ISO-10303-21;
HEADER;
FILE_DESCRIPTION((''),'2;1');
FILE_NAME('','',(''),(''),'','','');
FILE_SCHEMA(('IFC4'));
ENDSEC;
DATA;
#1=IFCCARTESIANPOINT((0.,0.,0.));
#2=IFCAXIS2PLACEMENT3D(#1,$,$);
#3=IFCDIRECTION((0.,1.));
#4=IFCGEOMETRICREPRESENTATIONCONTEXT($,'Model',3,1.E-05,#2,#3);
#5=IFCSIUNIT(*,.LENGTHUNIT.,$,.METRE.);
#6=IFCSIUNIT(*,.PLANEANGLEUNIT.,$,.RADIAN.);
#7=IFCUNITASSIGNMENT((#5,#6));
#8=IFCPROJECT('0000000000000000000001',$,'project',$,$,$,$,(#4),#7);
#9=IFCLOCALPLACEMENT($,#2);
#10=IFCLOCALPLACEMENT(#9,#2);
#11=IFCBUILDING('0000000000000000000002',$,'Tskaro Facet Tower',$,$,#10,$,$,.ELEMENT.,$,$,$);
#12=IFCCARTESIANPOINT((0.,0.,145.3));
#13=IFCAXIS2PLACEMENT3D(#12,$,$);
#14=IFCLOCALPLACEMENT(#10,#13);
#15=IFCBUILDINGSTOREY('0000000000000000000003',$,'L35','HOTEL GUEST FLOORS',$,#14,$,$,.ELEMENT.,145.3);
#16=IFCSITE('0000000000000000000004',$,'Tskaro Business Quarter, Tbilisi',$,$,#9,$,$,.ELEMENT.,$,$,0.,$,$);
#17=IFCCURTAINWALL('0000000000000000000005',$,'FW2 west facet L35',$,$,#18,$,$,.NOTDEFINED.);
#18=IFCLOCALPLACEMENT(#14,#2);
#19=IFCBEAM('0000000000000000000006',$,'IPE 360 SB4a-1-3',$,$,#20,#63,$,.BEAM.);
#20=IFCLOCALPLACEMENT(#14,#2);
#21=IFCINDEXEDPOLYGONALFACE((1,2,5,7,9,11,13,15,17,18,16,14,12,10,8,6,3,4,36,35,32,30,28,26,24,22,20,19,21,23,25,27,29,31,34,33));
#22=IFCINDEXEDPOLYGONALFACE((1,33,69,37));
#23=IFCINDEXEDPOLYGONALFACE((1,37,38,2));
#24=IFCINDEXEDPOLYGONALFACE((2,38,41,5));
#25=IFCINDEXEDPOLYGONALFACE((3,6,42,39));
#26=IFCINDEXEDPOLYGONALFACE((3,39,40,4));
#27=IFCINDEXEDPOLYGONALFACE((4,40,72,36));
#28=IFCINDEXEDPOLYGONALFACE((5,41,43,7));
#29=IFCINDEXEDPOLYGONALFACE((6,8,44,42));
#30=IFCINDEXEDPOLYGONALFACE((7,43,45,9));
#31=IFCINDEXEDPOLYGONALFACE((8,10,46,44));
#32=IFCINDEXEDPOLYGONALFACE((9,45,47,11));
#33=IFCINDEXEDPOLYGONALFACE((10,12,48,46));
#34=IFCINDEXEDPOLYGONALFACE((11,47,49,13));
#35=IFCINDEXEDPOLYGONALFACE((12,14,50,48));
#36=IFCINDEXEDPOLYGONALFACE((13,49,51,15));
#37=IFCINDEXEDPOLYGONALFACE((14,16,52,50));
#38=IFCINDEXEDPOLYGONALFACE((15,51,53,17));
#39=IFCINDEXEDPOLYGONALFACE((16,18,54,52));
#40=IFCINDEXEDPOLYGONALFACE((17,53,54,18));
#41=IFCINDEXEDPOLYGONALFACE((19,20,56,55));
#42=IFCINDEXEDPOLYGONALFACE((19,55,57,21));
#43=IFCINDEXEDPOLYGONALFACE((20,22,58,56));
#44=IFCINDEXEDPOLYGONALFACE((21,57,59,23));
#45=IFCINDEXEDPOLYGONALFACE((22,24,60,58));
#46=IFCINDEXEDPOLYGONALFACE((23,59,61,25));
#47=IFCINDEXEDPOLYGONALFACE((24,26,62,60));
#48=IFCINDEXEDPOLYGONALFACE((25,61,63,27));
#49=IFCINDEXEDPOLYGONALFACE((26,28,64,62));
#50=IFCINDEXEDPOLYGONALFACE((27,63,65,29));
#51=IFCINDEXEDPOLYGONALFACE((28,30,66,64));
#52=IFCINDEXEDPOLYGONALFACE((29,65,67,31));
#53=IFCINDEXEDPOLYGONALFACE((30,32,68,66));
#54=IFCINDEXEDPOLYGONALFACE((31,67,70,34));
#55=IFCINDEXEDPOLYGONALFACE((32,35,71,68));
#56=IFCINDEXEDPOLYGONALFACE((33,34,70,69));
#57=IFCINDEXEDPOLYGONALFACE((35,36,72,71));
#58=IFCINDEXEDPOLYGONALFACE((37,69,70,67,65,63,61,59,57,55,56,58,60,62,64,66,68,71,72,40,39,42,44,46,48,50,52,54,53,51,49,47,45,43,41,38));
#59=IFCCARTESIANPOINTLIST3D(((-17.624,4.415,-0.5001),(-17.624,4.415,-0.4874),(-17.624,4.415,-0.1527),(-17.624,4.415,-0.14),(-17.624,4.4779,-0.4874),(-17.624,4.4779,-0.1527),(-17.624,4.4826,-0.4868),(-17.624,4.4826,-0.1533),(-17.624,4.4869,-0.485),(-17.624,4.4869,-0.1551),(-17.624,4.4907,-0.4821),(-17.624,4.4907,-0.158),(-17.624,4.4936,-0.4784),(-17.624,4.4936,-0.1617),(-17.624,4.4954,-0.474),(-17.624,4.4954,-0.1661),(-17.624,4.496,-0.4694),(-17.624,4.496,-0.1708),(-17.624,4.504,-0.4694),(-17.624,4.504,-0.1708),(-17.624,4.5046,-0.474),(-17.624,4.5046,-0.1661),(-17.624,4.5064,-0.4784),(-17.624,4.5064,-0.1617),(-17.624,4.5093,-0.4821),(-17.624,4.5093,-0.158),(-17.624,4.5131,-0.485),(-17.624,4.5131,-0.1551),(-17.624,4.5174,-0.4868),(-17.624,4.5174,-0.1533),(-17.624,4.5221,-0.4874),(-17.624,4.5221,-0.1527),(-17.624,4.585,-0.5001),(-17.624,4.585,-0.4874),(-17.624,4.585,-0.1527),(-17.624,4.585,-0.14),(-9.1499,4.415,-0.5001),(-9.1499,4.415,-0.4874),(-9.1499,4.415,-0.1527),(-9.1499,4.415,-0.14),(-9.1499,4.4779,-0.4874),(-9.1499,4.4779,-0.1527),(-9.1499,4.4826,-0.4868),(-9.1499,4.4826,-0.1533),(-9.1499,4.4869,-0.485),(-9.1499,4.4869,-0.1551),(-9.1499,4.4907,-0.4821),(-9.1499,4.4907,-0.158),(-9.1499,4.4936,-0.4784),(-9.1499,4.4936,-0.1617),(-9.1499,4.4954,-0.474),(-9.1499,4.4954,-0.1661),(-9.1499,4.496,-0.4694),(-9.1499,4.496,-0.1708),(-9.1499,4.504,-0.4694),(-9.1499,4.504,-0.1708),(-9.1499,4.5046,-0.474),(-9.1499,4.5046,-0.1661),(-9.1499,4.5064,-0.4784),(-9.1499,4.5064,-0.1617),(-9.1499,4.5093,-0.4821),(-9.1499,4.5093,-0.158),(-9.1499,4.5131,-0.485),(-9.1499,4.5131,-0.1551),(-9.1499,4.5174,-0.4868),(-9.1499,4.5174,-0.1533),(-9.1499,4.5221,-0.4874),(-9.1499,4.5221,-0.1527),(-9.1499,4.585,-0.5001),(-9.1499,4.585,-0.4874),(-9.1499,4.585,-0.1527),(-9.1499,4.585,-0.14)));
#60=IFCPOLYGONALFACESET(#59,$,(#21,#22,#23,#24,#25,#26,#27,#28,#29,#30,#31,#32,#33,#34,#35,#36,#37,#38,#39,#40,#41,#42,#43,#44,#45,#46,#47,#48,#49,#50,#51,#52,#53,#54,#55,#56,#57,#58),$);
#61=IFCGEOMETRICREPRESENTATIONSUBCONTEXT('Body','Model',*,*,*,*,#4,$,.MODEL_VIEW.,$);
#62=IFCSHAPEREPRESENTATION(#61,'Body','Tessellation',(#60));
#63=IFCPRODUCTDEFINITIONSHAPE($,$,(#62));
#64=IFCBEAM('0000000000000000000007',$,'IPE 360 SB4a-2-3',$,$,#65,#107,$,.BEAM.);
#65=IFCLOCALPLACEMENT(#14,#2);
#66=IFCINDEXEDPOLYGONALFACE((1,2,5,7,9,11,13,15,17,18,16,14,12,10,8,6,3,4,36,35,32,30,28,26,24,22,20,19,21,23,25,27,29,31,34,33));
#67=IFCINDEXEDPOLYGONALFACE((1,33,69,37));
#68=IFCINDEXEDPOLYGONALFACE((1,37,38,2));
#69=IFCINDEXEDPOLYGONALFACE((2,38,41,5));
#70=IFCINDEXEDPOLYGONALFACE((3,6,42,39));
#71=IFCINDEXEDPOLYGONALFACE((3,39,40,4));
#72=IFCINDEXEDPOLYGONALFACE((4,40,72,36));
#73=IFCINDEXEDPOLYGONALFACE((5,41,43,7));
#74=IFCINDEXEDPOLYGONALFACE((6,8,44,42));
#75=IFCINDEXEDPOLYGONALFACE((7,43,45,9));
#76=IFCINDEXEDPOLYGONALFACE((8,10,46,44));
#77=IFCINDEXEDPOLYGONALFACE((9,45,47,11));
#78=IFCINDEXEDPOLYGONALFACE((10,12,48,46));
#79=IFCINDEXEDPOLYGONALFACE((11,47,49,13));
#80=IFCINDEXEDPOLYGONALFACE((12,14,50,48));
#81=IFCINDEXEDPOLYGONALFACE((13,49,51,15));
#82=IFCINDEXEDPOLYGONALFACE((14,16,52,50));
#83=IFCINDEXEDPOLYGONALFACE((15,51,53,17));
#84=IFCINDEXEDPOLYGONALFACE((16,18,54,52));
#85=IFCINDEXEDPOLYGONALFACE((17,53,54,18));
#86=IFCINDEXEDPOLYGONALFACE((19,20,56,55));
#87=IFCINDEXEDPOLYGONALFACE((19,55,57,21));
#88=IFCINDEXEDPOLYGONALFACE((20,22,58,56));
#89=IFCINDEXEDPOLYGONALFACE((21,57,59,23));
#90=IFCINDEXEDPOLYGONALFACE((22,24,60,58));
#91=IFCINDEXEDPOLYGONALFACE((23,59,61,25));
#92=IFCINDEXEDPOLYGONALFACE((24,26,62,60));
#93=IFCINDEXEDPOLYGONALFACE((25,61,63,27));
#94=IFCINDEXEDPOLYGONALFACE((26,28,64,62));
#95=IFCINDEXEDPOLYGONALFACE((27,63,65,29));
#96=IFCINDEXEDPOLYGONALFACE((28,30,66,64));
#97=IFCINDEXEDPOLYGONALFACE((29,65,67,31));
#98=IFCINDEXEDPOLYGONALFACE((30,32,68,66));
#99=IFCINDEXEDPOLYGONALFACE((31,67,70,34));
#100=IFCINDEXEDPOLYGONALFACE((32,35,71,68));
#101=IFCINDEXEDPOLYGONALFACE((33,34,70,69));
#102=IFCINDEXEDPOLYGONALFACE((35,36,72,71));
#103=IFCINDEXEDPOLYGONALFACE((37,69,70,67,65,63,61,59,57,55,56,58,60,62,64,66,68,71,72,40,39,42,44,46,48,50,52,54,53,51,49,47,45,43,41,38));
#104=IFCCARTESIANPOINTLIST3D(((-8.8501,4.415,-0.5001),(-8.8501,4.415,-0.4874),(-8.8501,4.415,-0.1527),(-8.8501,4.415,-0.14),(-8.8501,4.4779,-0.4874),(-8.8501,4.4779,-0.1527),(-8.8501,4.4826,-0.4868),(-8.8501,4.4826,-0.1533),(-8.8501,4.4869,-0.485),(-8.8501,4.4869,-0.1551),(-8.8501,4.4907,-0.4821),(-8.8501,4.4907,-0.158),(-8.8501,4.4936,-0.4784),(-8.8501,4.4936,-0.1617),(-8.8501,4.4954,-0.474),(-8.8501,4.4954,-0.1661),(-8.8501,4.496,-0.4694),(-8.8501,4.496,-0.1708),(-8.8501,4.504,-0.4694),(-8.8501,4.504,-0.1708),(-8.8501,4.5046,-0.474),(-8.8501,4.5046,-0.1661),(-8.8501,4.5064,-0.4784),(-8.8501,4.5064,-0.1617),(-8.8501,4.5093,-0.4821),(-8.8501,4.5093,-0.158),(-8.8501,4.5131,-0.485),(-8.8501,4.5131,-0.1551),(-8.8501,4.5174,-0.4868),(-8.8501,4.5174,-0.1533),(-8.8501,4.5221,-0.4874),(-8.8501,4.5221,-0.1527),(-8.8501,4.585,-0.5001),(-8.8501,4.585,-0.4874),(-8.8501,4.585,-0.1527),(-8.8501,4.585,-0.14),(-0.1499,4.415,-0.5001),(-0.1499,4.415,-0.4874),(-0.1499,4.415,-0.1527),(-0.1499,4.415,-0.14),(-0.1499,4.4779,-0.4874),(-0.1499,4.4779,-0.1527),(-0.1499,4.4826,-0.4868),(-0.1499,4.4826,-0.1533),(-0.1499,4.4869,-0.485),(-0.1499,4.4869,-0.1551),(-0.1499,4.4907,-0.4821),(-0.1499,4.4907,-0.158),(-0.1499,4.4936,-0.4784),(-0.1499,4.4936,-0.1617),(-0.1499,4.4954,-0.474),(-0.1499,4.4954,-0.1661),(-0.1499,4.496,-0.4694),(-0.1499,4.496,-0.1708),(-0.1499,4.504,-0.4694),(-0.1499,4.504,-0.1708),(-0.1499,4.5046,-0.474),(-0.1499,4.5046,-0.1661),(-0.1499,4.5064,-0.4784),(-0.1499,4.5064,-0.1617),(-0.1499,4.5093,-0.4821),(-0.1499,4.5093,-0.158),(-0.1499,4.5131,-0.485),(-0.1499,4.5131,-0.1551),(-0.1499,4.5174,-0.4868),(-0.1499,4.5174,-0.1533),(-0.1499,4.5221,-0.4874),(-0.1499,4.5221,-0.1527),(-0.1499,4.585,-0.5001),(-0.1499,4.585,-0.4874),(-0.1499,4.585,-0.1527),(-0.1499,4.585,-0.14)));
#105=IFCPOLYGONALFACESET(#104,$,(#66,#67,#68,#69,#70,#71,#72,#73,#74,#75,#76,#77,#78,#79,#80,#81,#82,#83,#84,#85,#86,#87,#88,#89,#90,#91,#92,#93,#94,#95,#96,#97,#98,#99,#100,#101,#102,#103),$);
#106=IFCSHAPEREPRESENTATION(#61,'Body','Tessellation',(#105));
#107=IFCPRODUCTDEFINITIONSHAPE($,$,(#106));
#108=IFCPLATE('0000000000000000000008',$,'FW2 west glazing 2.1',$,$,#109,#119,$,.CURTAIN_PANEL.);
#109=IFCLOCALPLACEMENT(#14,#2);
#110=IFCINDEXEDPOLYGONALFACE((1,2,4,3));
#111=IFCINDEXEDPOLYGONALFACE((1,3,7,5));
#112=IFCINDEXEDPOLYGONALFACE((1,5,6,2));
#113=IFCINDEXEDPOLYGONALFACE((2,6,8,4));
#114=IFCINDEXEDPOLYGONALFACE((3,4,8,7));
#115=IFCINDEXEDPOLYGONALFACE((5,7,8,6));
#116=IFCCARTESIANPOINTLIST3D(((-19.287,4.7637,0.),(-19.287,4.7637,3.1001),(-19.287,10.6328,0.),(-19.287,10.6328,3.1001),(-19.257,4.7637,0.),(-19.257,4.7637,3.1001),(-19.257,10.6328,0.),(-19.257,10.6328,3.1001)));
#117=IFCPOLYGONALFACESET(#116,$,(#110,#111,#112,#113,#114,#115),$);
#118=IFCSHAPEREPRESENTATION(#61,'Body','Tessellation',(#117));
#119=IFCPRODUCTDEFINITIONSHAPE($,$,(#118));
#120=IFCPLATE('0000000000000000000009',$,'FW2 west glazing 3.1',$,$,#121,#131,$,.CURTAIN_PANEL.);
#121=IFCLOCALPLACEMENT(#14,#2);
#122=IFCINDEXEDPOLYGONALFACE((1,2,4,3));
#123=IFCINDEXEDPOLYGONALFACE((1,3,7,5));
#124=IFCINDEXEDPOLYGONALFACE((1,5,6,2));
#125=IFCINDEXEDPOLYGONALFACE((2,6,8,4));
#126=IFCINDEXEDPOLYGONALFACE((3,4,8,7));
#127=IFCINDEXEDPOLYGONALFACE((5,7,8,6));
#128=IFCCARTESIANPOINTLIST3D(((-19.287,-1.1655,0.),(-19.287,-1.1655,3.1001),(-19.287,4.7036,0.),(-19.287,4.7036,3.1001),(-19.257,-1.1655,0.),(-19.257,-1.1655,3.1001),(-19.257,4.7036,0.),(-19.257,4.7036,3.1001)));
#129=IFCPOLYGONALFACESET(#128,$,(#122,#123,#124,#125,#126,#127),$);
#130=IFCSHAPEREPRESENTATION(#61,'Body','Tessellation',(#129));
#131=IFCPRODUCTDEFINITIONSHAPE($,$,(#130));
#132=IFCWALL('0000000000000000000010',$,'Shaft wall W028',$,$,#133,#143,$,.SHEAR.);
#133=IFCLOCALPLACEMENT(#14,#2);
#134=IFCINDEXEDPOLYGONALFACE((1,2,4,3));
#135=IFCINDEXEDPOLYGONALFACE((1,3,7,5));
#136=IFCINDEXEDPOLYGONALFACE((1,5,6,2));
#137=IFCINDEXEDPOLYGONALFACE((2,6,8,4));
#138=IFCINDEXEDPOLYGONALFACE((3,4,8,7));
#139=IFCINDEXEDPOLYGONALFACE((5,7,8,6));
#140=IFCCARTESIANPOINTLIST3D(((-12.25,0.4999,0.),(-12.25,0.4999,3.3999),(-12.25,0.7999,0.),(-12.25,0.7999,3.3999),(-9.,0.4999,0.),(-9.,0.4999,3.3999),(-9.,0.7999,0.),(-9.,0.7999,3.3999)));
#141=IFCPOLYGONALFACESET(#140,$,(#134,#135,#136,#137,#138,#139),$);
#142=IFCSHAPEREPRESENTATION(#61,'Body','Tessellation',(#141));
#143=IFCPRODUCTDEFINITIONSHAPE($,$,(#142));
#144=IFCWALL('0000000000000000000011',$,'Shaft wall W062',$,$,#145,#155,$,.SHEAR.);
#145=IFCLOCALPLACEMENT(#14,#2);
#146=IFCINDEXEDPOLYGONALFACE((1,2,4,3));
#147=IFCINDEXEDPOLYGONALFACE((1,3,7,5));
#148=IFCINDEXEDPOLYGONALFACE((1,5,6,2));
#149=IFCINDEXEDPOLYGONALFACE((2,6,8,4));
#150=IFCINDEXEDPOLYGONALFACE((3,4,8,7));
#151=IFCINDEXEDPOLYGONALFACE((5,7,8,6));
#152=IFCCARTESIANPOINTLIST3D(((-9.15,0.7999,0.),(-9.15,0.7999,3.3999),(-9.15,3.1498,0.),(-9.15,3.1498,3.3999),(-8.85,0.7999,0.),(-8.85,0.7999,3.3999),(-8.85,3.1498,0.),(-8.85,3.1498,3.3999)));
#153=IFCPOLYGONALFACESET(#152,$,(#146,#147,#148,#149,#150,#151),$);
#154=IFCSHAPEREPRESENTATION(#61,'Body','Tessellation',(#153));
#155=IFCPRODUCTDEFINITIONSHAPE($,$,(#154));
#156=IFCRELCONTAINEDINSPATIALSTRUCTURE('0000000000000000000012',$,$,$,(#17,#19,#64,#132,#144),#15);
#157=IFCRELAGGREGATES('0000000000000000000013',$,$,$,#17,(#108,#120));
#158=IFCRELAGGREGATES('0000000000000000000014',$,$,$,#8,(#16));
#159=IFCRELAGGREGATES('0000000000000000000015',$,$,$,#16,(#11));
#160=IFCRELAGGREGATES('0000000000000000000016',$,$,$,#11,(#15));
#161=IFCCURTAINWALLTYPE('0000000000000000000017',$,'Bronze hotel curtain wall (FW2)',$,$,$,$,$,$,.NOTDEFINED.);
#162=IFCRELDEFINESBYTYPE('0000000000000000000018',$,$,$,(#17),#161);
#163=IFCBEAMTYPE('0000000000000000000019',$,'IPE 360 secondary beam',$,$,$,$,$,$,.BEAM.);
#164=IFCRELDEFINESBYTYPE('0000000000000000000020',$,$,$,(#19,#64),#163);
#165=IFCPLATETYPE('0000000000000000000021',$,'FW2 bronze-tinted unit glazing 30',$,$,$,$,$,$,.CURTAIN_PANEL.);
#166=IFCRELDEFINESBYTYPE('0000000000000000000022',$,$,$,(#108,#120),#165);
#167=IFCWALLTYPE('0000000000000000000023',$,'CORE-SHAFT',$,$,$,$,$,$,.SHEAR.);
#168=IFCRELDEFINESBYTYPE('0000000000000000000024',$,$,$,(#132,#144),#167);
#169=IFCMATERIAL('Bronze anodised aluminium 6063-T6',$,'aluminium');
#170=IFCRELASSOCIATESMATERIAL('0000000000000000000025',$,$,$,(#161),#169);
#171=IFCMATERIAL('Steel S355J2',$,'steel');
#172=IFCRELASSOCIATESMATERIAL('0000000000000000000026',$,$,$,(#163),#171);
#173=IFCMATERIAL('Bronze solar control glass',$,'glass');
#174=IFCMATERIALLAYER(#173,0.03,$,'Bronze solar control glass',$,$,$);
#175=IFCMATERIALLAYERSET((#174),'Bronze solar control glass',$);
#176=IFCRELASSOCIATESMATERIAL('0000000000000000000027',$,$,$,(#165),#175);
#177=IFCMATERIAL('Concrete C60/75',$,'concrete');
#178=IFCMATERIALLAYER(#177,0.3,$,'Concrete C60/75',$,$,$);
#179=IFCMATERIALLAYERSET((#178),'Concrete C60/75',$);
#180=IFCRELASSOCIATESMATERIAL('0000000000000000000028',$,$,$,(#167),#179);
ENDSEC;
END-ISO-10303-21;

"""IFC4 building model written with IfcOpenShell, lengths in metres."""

from ifc_helpers import new_model, si_unit, direction, frame, frame_2d, origin, origin_2d, place, context, subcontext, project, spatial, rectangle, i_section, extrude, material, layer, layer_set, material_profile, profile_set, type_object, element, aggregate, save


model = new_model("IFC4")

# Units and contexts
model_context = context("Model", 3, precision=1e-05, world=origin(), true_north=direction((0.0, 1.0)))
body_context = subcontext(model_context, "Body", "Model", "MODEL_VIEW")
ifc_project = project(units=[si_unit("LENGTHUNIT", "METRE"), si_unit("PLANEANGLEUNIT", "RADIAN")], contexts=[model_context])

# Site, building, storey
site_placement = place(None, origin())
site = spatial("IfcSite", under=ifc_project, at=site_placement, Name="Tskaro Business Quarter, Tbilisi", CompositionType="ELEMENT", RefElevation=0.0)
building_placement = place(site_placement, origin())
building = spatial("IfcBuilding", under=site, at=building_placement, Name="Tskaro Facet Tower", CompositionType="ELEMENT")
storey_placement = place(building_placement, frame((0.0, 0.0, 145.3)))
storey = spatial("IfcBuildingStorey", under=building, at=storey_placement, Name="L35", Description="HOTEL GUEST FLOORS", CompositionType="ELEMENT", Elevation=145.3)

# Curtain wall
ifc_material_1 = material(Name="Bronze anodised aluminium 6063-T6", Category="aluminium")
curtain_wall_type = type_object("IfcCurtainWallType", Name="Bronze hotel curtain wall (FW2)", PredefinedType="NOTDEFINED", material=ifc_material_1)
curtain_wall_placement = place(storey_placement, origin())
curtain_wall = element("IfcCurtainWall", 1, at=curtain_wall_placement, inside=storey, type_object=curtain_wall_type, Name="FW2 west facet L35", PredefinedType="NOTDEFINED")

# Beams
ifc_material_2 = material(Name="Steel S355J2", Category="steel")
ifc_material_profile_1 = material_profile(ifc_material_2, i_section(OverallWidth=0.1699, OverallDepth=0.3601, WebThickness=0.0081, FlangeThickness=0.0127, FilletRadius=0.0181, at=origin_2d()), Name="IPE 360")
ifc_profile_set_1 = profile_set([ifc_material_profile_1], Name="Steel S355J2")
beam_type_1 = type_object("IfcBeamType", Name="IPE 360 secondary beam", PredefinedType="BEAM", material=ifc_profile_set_1)
beam_1_placement = place(storey_placement, frame((-17.624, 4.5, -0.3201), z_axis=(1.0, 0.0, 0.0), x_axis=(0.0, 1.0, 0.0)))
element("IfcBeam", 2, at=beam_1_placement, inside=storey, type_object=beam_type_1, Name="IPE 360 SB4a-1-3", PredefinedType="BEAM", context=body_context, shape_type="SweptSolid", body=[
    extrude(i_section(OverallWidth=0.1699, OverallDepth=0.3601, WebThickness=0.0081, FlangeThickness=0.0127, FilletRadius=0.0181, at=origin_2d()), origin(), (0.0, 0.0, 1.0), 8.4741),
])
beam_2_placement = place(storey_placement, frame((-8.8501, 4.5, -0.3201), z_axis=(1.0, 0.0, 0.0), x_axis=(0.0, 1.0, 0.0)))
element("IfcBeam", 3, at=beam_2_placement, inside=storey, type_object=beam_type_1, Name="IPE 360 SB4a-2-3", PredefinedType="BEAM", context=body_context, shape_type="SweptSolid", body=[
    extrude(i_section(OverallWidth=0.1699, OverallDepth=0.3601, WebThickness=0.0081, FlangeThickness=0.0127, FilletRadius=0.0181, at=origin_2d()), origin(), (0.0, 0.0, 1.0), 8.7002),
])

# Plates
ifc_material_3 = material(Name="Bronze solar control glass", Category="glass")
ifc_layer_1 = layer(ifc_material_3, 0.03, Name="Bronze solar control glass")
ifc_layer_set_1 = layer_set([ifc_layer_1], Name="Bronze solar control glass")
plate_type = type_object("IfcPlateType", Name="FW2 bronze-tinted unit glazing 30", PredefinedType="CURTAIN_PANEL", material=ifc_layer_set_1)
plate_1_placement = place(storey_placement, frame((-19.272, 7.6982, 0.0), z_axis=(0.0, 0.0, 1.0), x_axis=(0.0, -1.0, 0.0)))
plate_1 = element("IfcPlate", 4, at=plate_1_placement, type_object=plate_type, Name="FW2 west glazing 2.1", PredefinedType="CURTAIN_PANEL", context=body_context, shape_type="SweptSolid", body=[
    extrude(rectangle(XDim=5.8691, YDim=0.03, at=origin_2d()), origin(), (0.0, 0.0, 1.0), 3.1001),
])
plate_2_placement = place(storey_placement, frame((-19.272, 1.769, 0.0), z_axis=(0.0, 0.0, 1.0), x_axis=(0.0, -1.0, 0.0)))
plate_2 = element("IfcPlate", 5, at=plate_2_placement, type_object=plate_type, Name="FW2 west glazing 3.1", PredefinedType="CURTAIN_PANEL", context=body_context, shape_type="SweptSolid", body=[
    extrude(rectangle(XDim=5.8691, YDim=0.03, at=origin_2d()), origin(), (0.0, 0.0, 1.0), 3.1001),
])
aggregate(curtain_wall, [plate_1, plate_2])

# Walls
ifc_material_4 = material(Name="Concrete C60/75", Category="concrete")
ifc_layer_2 = layer(ifc_material_4, 0.3, Name="Concrete C60/75")
ifc_layer_set_2 = layer_set([ifc_layer_2], Name="Concrete C60/75")
wall_type_1 = type_object("IfcWallType", Name="CORE-SHAFT", PredefinedType="SHEAR", material=ifc_layer_set_2)
wall_1_placement = place(storey_placement, frame((-9.0, 0.6499, 0.0), z_axis=(0.0, 0.0, 1.0), x_axis=(-1.0, 0.0, 0.0)))
element("IfcWall", 6, at=wall_1_placement, inside=storey, type_object=wall_type_1, Name="Shaft wall W028", PredefinedType="SHEAR", context=body_context, shape_type="SweptSolid", body=[
    extrude(rectangle(XDim=3.25, YDim=0.3, at=frame_2d((1.625, 0.0))), origin(), (0.0, 0.0, 1.0), 3.3999),
])
wall_2_placement = place(storey_placement, frame((-9.0, 0.8, 0.0), z_axis=(0.0, 0.0, 1.0), x_axis=(0.0, 1.0, 0.0)))
element("IfcWall", 7, at=wall_2_placement, inside=storey, type_object=wall_type_1, Name="Shaft wall W062", PredefinedType="SHEAR", context=body_context, shape_type="SweptSolid", body=[
    extrude(rectangle(XDim=2.3499, YDim=0.3, at=frame_2d((1.1748, 0.0))), origin(), (0.0, 0.0, 1.0), 3.3999),
])

save(model, "model.ifc")
